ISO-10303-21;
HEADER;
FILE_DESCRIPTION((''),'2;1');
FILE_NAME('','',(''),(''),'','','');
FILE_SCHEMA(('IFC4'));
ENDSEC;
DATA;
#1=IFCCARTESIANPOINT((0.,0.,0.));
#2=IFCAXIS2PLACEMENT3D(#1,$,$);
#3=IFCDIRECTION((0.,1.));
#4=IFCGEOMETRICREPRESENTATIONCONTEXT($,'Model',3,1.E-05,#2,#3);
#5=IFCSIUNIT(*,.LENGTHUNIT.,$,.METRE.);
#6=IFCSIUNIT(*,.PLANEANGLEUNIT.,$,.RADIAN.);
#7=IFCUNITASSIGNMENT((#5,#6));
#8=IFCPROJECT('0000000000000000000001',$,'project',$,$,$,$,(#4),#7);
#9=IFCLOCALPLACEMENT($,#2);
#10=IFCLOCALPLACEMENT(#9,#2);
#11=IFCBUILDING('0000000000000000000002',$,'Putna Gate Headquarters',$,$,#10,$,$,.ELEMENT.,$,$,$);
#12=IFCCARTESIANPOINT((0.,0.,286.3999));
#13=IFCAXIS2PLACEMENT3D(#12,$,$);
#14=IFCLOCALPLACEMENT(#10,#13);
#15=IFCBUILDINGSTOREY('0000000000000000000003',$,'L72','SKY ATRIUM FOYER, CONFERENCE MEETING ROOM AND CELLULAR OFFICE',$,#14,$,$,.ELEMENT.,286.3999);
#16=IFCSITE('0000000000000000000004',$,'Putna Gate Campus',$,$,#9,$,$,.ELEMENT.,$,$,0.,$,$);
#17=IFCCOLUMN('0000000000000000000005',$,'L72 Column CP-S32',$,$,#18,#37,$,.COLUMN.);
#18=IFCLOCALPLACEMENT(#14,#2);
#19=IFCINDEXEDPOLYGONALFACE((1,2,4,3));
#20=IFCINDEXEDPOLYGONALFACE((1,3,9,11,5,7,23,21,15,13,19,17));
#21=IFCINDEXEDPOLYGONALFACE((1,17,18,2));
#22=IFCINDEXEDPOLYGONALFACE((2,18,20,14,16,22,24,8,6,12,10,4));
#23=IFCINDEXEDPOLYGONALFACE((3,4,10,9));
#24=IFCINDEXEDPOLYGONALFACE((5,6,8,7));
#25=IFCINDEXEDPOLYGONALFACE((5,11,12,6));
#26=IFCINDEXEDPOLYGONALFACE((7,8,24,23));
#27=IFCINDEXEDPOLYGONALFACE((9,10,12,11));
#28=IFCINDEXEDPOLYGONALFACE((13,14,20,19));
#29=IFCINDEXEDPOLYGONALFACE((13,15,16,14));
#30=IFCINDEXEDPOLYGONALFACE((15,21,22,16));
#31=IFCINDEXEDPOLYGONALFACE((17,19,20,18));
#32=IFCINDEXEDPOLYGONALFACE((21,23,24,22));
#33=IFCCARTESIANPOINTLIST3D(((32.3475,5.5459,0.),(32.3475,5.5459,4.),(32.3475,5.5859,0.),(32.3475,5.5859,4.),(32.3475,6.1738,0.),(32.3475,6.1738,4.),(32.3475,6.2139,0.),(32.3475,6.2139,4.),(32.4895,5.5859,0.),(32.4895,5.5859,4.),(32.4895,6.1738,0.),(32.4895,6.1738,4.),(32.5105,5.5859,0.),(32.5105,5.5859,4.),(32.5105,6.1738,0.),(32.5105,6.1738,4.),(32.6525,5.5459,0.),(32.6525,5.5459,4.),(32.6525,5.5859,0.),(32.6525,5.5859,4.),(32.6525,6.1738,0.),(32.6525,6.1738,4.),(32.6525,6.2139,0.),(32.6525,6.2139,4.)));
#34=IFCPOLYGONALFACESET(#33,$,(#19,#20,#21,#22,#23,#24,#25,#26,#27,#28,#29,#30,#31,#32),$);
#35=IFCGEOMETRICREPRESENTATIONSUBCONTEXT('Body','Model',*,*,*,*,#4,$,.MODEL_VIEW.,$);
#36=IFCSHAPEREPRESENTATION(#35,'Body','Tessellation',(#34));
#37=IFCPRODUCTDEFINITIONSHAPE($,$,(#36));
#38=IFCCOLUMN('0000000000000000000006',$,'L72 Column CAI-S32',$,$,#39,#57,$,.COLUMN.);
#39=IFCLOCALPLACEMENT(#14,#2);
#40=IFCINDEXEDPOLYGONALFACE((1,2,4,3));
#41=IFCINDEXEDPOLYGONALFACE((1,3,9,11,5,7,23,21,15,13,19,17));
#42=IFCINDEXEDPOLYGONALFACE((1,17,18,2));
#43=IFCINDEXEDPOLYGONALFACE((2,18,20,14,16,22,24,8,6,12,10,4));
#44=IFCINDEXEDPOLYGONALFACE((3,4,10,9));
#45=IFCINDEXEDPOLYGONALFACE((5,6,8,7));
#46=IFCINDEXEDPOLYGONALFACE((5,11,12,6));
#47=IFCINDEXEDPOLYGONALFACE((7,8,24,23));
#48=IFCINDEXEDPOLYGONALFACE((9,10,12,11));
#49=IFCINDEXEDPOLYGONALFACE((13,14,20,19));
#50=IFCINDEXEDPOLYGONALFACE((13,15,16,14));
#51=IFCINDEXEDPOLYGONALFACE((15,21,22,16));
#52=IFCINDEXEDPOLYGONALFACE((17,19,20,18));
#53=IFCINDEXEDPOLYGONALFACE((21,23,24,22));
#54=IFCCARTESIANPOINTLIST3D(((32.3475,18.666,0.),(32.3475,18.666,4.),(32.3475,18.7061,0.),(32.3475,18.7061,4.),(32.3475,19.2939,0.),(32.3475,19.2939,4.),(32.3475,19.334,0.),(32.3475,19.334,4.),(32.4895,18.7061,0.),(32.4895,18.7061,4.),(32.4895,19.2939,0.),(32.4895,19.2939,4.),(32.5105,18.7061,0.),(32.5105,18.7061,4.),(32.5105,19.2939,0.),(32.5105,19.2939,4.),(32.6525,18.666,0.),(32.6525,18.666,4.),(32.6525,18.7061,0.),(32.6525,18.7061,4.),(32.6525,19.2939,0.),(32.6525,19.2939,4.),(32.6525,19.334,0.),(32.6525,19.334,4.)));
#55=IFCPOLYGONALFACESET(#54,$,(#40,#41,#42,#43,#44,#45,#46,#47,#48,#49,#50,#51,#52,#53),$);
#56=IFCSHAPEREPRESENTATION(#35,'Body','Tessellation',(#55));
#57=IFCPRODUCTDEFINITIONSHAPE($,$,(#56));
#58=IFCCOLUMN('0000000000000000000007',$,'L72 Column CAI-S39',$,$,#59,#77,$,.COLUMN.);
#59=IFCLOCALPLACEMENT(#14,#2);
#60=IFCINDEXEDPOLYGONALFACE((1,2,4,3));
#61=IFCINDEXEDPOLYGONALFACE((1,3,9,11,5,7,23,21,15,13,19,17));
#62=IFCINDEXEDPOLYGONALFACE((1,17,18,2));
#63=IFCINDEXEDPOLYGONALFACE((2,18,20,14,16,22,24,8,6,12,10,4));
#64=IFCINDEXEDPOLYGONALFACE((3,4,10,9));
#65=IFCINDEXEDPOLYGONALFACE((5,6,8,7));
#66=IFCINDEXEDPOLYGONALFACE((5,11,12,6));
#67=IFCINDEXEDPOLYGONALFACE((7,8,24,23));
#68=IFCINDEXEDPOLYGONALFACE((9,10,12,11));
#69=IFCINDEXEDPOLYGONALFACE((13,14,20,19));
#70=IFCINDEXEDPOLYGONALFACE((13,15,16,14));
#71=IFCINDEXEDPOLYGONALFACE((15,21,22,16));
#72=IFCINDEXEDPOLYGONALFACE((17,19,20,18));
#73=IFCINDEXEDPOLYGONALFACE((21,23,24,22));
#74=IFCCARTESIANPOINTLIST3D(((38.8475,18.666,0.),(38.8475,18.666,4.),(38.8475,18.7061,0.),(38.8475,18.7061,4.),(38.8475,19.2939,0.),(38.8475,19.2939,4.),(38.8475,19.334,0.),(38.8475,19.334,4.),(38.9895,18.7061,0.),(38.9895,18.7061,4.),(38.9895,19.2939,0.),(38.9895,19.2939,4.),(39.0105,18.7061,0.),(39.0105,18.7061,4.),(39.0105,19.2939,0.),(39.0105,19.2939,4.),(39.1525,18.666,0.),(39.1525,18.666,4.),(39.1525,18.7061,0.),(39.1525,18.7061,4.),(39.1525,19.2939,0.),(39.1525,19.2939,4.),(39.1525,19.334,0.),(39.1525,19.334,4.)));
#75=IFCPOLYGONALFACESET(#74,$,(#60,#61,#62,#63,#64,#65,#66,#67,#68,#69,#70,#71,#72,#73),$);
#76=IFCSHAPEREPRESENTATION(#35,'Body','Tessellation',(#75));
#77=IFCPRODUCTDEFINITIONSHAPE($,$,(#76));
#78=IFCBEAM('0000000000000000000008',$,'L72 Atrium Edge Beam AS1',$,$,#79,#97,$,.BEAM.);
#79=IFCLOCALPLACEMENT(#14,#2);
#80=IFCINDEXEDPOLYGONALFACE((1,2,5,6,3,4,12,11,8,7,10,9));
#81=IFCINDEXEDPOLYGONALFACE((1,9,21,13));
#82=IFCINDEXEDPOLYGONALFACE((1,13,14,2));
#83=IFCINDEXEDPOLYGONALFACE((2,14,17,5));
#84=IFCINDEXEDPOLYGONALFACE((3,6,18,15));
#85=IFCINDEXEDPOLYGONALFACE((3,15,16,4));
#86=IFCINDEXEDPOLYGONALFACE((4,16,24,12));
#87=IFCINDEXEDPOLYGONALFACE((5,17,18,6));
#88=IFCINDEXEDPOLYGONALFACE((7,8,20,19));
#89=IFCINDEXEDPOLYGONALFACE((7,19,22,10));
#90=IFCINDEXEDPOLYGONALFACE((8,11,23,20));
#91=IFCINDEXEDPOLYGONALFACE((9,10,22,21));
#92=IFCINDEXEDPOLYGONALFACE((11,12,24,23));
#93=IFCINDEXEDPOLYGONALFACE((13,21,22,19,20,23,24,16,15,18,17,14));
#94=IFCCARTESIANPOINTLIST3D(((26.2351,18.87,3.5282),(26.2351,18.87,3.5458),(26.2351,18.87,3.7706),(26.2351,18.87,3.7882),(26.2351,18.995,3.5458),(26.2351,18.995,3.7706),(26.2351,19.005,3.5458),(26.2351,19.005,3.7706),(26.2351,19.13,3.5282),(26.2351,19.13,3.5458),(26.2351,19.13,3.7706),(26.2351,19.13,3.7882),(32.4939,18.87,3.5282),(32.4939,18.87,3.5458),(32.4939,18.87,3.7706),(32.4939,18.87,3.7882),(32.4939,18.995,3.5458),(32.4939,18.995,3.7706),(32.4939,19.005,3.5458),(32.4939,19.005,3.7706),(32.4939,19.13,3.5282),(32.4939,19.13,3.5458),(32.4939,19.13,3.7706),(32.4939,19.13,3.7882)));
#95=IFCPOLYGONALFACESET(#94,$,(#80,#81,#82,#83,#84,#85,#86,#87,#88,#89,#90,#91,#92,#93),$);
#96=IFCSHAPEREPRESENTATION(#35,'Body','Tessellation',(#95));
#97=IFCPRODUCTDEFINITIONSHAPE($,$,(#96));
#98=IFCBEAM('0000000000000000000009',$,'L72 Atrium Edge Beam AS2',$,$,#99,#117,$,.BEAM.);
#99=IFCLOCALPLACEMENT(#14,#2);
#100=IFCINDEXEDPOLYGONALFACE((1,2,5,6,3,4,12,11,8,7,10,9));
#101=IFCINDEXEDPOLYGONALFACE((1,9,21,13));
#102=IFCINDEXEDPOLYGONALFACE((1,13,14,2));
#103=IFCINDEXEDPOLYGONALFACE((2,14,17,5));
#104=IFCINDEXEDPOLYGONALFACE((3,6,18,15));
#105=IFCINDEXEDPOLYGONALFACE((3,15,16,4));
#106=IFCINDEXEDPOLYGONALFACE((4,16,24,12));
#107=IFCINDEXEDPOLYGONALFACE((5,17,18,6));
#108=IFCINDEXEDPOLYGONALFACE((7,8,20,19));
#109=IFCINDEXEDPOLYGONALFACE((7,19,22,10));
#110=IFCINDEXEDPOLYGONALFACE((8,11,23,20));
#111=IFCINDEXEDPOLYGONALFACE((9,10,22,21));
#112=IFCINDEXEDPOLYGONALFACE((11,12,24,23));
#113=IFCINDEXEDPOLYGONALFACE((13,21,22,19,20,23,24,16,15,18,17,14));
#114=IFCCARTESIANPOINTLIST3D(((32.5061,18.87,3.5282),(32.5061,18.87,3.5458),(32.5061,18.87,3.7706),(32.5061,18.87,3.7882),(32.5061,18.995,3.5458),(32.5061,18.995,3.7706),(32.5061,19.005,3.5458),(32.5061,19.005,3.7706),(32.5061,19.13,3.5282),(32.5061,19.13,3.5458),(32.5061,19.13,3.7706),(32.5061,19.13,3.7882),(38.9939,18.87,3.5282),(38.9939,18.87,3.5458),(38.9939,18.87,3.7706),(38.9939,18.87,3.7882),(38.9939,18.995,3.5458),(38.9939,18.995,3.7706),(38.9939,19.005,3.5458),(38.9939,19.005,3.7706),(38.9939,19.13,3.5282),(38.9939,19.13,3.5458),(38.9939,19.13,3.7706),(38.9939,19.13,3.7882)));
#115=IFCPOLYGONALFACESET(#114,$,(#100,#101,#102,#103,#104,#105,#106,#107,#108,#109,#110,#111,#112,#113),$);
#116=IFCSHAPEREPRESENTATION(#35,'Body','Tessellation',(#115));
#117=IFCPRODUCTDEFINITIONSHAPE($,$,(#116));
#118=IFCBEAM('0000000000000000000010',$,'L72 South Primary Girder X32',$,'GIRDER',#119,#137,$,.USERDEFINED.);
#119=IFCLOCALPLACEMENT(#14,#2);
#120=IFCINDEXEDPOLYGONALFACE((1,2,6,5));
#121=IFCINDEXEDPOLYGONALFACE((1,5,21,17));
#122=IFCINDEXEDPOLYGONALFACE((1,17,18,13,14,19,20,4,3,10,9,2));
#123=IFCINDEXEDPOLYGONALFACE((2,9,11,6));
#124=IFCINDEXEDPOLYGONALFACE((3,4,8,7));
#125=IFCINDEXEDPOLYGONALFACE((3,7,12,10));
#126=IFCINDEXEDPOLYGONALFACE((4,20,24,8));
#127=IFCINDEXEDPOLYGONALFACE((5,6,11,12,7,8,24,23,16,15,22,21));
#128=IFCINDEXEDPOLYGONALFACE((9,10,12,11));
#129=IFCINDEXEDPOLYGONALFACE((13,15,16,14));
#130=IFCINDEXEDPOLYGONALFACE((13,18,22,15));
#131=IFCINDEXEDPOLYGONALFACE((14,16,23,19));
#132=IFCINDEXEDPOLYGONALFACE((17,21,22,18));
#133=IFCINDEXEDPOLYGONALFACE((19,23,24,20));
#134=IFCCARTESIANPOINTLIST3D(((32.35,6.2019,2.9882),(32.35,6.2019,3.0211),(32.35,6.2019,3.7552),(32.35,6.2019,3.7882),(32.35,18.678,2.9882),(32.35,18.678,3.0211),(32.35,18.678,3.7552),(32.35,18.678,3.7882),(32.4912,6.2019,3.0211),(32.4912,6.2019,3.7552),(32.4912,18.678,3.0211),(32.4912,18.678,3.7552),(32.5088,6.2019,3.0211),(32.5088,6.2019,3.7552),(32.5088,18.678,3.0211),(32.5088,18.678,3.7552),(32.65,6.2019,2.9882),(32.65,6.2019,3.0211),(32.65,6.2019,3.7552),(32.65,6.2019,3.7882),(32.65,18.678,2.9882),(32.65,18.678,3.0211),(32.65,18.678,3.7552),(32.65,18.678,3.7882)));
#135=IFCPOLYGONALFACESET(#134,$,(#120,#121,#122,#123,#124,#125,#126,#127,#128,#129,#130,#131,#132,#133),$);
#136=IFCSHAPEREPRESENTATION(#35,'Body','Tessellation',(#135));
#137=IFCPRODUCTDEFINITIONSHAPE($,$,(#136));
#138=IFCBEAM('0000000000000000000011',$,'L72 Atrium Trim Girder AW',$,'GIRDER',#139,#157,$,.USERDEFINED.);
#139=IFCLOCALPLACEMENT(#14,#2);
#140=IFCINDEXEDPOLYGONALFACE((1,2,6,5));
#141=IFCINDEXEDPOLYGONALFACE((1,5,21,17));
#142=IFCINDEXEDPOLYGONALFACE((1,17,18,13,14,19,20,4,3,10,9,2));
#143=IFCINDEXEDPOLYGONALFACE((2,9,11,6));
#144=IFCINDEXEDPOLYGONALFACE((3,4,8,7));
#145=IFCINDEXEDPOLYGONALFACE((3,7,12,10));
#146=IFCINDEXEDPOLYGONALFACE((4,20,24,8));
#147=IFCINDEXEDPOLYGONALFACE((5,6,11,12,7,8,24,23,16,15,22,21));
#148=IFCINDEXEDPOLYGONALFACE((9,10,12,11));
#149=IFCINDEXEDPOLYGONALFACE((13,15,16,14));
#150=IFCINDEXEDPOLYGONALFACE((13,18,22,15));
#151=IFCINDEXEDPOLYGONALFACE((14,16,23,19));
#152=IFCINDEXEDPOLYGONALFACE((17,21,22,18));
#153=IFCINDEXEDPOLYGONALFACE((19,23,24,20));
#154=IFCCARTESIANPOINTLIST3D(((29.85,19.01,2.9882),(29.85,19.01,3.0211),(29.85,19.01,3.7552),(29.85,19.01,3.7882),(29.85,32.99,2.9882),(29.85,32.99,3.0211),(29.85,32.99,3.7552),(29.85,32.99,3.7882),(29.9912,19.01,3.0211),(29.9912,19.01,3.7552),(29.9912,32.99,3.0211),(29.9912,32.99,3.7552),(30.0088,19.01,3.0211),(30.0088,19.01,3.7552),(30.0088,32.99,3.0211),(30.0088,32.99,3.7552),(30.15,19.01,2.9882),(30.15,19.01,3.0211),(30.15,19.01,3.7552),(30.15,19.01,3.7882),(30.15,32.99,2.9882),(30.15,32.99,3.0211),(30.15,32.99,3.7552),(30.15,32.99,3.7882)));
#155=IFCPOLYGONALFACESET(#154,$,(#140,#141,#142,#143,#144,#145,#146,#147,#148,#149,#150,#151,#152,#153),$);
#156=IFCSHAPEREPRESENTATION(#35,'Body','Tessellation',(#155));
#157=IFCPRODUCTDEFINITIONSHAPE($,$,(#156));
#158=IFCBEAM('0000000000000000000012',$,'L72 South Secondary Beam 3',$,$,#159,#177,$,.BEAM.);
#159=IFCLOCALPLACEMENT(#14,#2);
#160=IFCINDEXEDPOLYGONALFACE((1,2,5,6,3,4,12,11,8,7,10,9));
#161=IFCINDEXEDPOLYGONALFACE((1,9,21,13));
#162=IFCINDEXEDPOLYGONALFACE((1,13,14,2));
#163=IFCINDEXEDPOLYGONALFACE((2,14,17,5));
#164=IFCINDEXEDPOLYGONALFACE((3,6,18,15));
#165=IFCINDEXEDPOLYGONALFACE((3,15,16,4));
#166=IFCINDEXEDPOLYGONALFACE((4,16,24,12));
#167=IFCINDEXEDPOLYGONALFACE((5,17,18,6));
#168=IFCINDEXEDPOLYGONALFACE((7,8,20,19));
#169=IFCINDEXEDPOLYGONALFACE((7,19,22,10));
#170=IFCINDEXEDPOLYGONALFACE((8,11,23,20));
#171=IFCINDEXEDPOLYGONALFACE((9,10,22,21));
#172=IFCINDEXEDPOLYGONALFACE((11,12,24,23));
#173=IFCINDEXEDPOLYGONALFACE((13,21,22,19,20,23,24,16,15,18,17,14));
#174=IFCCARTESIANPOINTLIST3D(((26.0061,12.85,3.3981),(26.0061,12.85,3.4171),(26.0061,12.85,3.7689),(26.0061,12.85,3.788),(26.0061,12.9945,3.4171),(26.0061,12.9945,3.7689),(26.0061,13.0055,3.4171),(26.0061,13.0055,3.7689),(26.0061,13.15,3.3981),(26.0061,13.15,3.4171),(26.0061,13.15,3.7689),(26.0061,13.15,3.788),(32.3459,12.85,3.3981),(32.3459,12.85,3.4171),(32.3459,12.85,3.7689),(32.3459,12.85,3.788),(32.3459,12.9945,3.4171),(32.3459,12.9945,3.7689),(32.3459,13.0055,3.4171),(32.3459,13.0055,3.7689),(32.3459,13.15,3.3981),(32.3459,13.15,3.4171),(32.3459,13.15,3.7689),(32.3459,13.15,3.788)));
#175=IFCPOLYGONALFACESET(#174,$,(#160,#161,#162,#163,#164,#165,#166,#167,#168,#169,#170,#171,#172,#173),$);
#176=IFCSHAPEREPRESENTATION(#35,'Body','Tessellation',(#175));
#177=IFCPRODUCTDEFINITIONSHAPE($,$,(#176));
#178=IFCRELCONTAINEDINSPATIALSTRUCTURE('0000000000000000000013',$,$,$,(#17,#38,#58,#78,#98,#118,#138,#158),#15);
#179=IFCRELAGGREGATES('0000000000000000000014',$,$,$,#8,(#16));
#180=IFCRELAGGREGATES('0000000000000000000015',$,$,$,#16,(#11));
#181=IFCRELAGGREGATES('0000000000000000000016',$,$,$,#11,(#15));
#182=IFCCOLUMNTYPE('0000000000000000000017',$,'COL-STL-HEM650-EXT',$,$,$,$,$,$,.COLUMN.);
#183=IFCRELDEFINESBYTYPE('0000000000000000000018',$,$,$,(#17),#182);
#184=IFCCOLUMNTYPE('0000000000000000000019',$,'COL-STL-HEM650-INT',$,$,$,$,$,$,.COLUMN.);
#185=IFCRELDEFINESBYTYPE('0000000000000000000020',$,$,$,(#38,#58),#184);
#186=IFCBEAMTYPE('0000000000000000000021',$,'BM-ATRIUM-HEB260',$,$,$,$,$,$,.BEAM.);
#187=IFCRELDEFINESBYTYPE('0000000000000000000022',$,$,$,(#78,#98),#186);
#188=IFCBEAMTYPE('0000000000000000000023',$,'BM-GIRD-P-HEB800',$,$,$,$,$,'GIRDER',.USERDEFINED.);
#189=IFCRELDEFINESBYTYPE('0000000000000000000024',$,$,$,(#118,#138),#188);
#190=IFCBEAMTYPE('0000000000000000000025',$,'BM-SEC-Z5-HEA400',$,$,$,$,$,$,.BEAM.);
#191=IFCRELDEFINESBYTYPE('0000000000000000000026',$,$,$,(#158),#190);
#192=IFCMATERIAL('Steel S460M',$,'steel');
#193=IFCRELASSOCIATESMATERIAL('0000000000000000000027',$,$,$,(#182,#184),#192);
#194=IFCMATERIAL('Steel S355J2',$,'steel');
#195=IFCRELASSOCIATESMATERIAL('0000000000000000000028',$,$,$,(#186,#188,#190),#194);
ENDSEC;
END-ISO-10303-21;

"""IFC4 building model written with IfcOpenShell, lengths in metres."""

from ifc_helpers import new_model, si_unit, direction, frame, origin, origin_2d, place, context, subcontext, project, spatial, i_section, extrude, material, material_profile, profile_set, type_object, element, save


model = new_model("IFC4")

# Units and contexts
model_context = context("Model", 3, precision=1e-05, world=origin(), true_north=direction((0.0, 1.0)))
body_context = subcontext(model_context, "Body", "Model", "MODEL_VIEW")
ifc_project = project(units=[si_unit("LENGTHUNIT", "METRE"), si_unit("PLANEANGLEUNIT", "RADIAN")], contexts=[model_context])

# Site, building, storey
site_placement = place(None, origin())
site = spatial("IfcSite", under=ifc_project, at=site_placement, Name="Putna Gate Campus", CompositionType="ELEMENT", RefElevation=0.0)
building_placement = place(site_placement, origin())
building = spatial("IfcBuilding", under=site, at=building_placement, Name="Putna Gate Headquarters", CompositionType="ELEMENT")
storey_placement = place(building_placement, frame((0.0, 0.0, 286.3999)))
storey = spatial("IfcBuildingStorey", under=building, at=storey_placement, Name="L72", Description="SKY ATRIUM FOYER, CONFERENCE MEETING ROOM AND CELLULAR OFFICE", CompositionType="ELEMENT", Elevation=286.3999)

# Columns
ifc_material_1 = material(Name="Steel S460M", Category="steel")
ifc_material_profile_1 = material_profile(ifc_material_1, i_section(OverallWidth=0.3049, OverallDepth=0.668, WebThickness=0.021, FlangeThickness=0.04, at=origin_2d()), Name="Steel S460M")
ifc_profile_set_1 = profile_set([ifc_material_profile_1], Name="Steel S460M")
column_type_1 = type_object("IfcColumnType", Name="COL-STL-HEM650-EXT", PredefinedType="COLUMN", material=ifc_profile_set_1)
column_placement = place(storey_placement, frame((32.5, 5.8799, 0.0), z_axis=(0.0, 0.0, 1.0), x_axis=(1.0, 0.0, 0.0)))
element("IfcColumn", 1, at=column_placement, inside=storey, type_object=column_type_1, Name="L72 Column CP-S32", PredefinedType="COLUMN", context=body_context, shape_type="SweptSolid", body=[
    extrude(i_section(OverallWidth=0.3049, OverallDepth=0.668, WebThickness=0.021, FlangeThickness=0.04, at=origin_2d()), origin(), (0.0, 0.0, 1.0), 4.0),
])
ifc_material_profile_2 = material_profile(ifc_material_1, i_section(OverallWidth=0.3049, OverallDepth=0.668, WebThickness=0.021, FlangeThickness=0.04, at=origin_2d()), Name="Steel S460M")
ifc_profile_set_2 = profile_set([ifc_material_profile_2], Name="Steel S460M")
column_type_2 = type_object("IfcColumnType", Name="COL-STL-HEM650-INT", PredefinedType="COLUMN", material=ifc_profile_set_2)
for number, where, z_axis, x_axis, name in (
    (2, (32.5, 19.0, 0.0), (0.0, 0.0, 1.0), (1.0, 0.0, 0.0), "L72 Column CAI-S32"),
    (3, (39.0, 19.0, 0.0), (0.0, 0.0, 1.0), (1.0, 0.0, 0.0), "L72 Column CAI-S39"),
):
    element("IfcColumn", number, at=place(storey_placement, frame(where, z_axis=z_axis, x_axis=x_axis)), inside=storey, type_object=column_type_2, Name=name, PredefinedType="COLUMN", context=body_context, shape_type="SweptSolid", body=[
        extrude(i_section(OverallWidth=0.3049, OverallDepth=0.668, WebThickness=0.021, FlangeThickness=0.04, at=origin_2d()), origin(), (0.0, 0.0, 1.0), 4.0),
    ])

# Beams
ifc_material_2 = material(Name="Steel S355J2", Category="steel")
ifc_material_profile_3 = material_profile(ifc_material_2, i_section(OverallWidth=0.26, OverallDepth=0.26, WebThickness=0.01, FlangeThickness=0.0176, at=origin_2d()), Name="Steel S355J2")
ifc_profile_set_3 = profile_set([ifc_material_profile_3], Name="Steel S355J2")
beam_type_1 = type_object("IfcBeamType", Name="BM-ATRIUM-HEB260", PredefinedType="BEAM", material=ifc_profile_set_3)
beam_1_placement = place(storey_placement, frame((26.2351, 19.0, 3.6582), z_axis=(1.0, 0.0, 0.0), x_axis=(0.0, 1.0, 0.0)))
element("IfcBeam", 4, at=beam_1_placement, inside=storey, type_object=beam_type_1, Name="L72 Atrium Edge Beam AS1", PredefinedType="BEAM", context=body_context, shape_type="SweptSolid", body=[
    extrude(i_section(OverallWidth=0.26, OverallDepth=0.26, WebThickness=0.01, FlangeThickness=0.0176, at=origin_2d()), origin(), (0.0, 0.0, 1.0), 6.2588),
])
beam_2_placement = place(storey_placement, frame((32.5061, 19.0, 3.6582), z_axis=(1.0, 0.0, 0.0), x_axis=(0.0, 1.0, 0.0)))
element("IfcBeam", 5, at=beam_2_placement, inside=storey, type_object=beam_type_1, Name="L72 Atrium Edge Beam AS2", PredefinedType="BEAM", context=body_context, shape_type="SweptSolid", body=[
    extrude(i_section(OverallWidth=0.26, OverallDepth=0.26, WebThickness=0.01, FlangeThickness=0.0176, at=origin_2d()), origin(), (0.0, 0.0, 1.0), 6.4878),
])
ifc_material_profile_4 = material_profile(ifc_material_2, i_section(OverallWidth=0.3, OverallDepth=0.8, WebThickness=0.0176, FlangeThickness=0.033, at=origin_2d()), Name="Steel S355J2")
ifc_profile_set_4 = profile_set([ifc_material_profile_4], Name="Steel S355J2")
beam_type_2 = type_object("IfcBeamType", Name="BM-GIRD-P-HEB800", ElementType="GIRDER", PredefinedType="USERDEFINED", material=ifc_profile_set_4)
beam_3_placement = place(storey_placement, frame((32.5, 6.2019, 3.3882), z_axis=(0.0, 1.0, 0.0), x_axis=(-1.0, 0.0, 0.0)))
element("IfcBeam", 6, at=beam_3_placement, inside=storey, type_object=beam_type_2, Name="L72 South Primary Girder X32", ObjectType="GIRDER", PredefinedType="USERDEFINED", context=body_context, shape_type="SweptSolid", body=[
    extrude(i_section(OverallWidth=0.3, OverallDepth=0.8, WebThickness=0.0176, FlangeThickness=0.033, at=origin_2d()), origin(), (0.0, 0.0, 1.0), 12.4761),
])
beam_4_placement = place(storey_placement, frame((30.0, 19.01, 3.3882), z_axis=(0.0, 1.0, 0.0), x_axis=(-1.0, 0.0, 0.0)))
element("IfcBeam", 7, at=beam_4_placement, inside=storey, type_object=beam_type_2, Name="L72 Atrium Trim Girder AW", ObjectType="GIRDER", PredefinedType="USERDEFINED", context=body_context, shape_type="SweptSolid", body=[
    extrude(i_section(OverallWidth=0.3, OverallDepth=0.8, WebThickness=0.0176, FlangeThickness=0.033, at=origin_2d()), origin(), (0.0, 0.0, 1.0), 13.98),
])
ifc_material_profile_5 = material_profile(ifc_material_2, i_section(OverallWidth=0.3, OverallDepth=0.3899, WebThickness=0.011, FlangeThickness=0.019, at=origin_2d()), Name="Steel S355J2")
ifc_profile_set_5 = profile_set([ifc_material_profile_5], Name="Steel S355J2")
beam_type_3 = type_object("IfcBeamType", Name="BM-SEC-Z5-HEA400", PredefinedType="BEAM", material=ifc_profile_set_5)
beam_5_placement = place(storey_placement, frame((26.0061, 13.0, 3.593), z_axis=(1.0, 0.0, 0.0), x_axis=(0.0, 1.0, 0.0)))
element("IfcBeam", 8, at=beam_5_placement, inside=storey, type_object=beam_type_3, Name="L72 South Secondary Beam 3", PredefinedType="BEAM", context=body_context, shape_type="SweptSolid", body=[
    extrude(i_section(OverallWidth=0.3, OverallDepth=0.3899, WebThickness=0.011, FlangeThickness=0.019, at=origin_2d()), origin(), (0.0, 0.0, 1.0), 6.3398),
])

save(model, "model.ifc")
